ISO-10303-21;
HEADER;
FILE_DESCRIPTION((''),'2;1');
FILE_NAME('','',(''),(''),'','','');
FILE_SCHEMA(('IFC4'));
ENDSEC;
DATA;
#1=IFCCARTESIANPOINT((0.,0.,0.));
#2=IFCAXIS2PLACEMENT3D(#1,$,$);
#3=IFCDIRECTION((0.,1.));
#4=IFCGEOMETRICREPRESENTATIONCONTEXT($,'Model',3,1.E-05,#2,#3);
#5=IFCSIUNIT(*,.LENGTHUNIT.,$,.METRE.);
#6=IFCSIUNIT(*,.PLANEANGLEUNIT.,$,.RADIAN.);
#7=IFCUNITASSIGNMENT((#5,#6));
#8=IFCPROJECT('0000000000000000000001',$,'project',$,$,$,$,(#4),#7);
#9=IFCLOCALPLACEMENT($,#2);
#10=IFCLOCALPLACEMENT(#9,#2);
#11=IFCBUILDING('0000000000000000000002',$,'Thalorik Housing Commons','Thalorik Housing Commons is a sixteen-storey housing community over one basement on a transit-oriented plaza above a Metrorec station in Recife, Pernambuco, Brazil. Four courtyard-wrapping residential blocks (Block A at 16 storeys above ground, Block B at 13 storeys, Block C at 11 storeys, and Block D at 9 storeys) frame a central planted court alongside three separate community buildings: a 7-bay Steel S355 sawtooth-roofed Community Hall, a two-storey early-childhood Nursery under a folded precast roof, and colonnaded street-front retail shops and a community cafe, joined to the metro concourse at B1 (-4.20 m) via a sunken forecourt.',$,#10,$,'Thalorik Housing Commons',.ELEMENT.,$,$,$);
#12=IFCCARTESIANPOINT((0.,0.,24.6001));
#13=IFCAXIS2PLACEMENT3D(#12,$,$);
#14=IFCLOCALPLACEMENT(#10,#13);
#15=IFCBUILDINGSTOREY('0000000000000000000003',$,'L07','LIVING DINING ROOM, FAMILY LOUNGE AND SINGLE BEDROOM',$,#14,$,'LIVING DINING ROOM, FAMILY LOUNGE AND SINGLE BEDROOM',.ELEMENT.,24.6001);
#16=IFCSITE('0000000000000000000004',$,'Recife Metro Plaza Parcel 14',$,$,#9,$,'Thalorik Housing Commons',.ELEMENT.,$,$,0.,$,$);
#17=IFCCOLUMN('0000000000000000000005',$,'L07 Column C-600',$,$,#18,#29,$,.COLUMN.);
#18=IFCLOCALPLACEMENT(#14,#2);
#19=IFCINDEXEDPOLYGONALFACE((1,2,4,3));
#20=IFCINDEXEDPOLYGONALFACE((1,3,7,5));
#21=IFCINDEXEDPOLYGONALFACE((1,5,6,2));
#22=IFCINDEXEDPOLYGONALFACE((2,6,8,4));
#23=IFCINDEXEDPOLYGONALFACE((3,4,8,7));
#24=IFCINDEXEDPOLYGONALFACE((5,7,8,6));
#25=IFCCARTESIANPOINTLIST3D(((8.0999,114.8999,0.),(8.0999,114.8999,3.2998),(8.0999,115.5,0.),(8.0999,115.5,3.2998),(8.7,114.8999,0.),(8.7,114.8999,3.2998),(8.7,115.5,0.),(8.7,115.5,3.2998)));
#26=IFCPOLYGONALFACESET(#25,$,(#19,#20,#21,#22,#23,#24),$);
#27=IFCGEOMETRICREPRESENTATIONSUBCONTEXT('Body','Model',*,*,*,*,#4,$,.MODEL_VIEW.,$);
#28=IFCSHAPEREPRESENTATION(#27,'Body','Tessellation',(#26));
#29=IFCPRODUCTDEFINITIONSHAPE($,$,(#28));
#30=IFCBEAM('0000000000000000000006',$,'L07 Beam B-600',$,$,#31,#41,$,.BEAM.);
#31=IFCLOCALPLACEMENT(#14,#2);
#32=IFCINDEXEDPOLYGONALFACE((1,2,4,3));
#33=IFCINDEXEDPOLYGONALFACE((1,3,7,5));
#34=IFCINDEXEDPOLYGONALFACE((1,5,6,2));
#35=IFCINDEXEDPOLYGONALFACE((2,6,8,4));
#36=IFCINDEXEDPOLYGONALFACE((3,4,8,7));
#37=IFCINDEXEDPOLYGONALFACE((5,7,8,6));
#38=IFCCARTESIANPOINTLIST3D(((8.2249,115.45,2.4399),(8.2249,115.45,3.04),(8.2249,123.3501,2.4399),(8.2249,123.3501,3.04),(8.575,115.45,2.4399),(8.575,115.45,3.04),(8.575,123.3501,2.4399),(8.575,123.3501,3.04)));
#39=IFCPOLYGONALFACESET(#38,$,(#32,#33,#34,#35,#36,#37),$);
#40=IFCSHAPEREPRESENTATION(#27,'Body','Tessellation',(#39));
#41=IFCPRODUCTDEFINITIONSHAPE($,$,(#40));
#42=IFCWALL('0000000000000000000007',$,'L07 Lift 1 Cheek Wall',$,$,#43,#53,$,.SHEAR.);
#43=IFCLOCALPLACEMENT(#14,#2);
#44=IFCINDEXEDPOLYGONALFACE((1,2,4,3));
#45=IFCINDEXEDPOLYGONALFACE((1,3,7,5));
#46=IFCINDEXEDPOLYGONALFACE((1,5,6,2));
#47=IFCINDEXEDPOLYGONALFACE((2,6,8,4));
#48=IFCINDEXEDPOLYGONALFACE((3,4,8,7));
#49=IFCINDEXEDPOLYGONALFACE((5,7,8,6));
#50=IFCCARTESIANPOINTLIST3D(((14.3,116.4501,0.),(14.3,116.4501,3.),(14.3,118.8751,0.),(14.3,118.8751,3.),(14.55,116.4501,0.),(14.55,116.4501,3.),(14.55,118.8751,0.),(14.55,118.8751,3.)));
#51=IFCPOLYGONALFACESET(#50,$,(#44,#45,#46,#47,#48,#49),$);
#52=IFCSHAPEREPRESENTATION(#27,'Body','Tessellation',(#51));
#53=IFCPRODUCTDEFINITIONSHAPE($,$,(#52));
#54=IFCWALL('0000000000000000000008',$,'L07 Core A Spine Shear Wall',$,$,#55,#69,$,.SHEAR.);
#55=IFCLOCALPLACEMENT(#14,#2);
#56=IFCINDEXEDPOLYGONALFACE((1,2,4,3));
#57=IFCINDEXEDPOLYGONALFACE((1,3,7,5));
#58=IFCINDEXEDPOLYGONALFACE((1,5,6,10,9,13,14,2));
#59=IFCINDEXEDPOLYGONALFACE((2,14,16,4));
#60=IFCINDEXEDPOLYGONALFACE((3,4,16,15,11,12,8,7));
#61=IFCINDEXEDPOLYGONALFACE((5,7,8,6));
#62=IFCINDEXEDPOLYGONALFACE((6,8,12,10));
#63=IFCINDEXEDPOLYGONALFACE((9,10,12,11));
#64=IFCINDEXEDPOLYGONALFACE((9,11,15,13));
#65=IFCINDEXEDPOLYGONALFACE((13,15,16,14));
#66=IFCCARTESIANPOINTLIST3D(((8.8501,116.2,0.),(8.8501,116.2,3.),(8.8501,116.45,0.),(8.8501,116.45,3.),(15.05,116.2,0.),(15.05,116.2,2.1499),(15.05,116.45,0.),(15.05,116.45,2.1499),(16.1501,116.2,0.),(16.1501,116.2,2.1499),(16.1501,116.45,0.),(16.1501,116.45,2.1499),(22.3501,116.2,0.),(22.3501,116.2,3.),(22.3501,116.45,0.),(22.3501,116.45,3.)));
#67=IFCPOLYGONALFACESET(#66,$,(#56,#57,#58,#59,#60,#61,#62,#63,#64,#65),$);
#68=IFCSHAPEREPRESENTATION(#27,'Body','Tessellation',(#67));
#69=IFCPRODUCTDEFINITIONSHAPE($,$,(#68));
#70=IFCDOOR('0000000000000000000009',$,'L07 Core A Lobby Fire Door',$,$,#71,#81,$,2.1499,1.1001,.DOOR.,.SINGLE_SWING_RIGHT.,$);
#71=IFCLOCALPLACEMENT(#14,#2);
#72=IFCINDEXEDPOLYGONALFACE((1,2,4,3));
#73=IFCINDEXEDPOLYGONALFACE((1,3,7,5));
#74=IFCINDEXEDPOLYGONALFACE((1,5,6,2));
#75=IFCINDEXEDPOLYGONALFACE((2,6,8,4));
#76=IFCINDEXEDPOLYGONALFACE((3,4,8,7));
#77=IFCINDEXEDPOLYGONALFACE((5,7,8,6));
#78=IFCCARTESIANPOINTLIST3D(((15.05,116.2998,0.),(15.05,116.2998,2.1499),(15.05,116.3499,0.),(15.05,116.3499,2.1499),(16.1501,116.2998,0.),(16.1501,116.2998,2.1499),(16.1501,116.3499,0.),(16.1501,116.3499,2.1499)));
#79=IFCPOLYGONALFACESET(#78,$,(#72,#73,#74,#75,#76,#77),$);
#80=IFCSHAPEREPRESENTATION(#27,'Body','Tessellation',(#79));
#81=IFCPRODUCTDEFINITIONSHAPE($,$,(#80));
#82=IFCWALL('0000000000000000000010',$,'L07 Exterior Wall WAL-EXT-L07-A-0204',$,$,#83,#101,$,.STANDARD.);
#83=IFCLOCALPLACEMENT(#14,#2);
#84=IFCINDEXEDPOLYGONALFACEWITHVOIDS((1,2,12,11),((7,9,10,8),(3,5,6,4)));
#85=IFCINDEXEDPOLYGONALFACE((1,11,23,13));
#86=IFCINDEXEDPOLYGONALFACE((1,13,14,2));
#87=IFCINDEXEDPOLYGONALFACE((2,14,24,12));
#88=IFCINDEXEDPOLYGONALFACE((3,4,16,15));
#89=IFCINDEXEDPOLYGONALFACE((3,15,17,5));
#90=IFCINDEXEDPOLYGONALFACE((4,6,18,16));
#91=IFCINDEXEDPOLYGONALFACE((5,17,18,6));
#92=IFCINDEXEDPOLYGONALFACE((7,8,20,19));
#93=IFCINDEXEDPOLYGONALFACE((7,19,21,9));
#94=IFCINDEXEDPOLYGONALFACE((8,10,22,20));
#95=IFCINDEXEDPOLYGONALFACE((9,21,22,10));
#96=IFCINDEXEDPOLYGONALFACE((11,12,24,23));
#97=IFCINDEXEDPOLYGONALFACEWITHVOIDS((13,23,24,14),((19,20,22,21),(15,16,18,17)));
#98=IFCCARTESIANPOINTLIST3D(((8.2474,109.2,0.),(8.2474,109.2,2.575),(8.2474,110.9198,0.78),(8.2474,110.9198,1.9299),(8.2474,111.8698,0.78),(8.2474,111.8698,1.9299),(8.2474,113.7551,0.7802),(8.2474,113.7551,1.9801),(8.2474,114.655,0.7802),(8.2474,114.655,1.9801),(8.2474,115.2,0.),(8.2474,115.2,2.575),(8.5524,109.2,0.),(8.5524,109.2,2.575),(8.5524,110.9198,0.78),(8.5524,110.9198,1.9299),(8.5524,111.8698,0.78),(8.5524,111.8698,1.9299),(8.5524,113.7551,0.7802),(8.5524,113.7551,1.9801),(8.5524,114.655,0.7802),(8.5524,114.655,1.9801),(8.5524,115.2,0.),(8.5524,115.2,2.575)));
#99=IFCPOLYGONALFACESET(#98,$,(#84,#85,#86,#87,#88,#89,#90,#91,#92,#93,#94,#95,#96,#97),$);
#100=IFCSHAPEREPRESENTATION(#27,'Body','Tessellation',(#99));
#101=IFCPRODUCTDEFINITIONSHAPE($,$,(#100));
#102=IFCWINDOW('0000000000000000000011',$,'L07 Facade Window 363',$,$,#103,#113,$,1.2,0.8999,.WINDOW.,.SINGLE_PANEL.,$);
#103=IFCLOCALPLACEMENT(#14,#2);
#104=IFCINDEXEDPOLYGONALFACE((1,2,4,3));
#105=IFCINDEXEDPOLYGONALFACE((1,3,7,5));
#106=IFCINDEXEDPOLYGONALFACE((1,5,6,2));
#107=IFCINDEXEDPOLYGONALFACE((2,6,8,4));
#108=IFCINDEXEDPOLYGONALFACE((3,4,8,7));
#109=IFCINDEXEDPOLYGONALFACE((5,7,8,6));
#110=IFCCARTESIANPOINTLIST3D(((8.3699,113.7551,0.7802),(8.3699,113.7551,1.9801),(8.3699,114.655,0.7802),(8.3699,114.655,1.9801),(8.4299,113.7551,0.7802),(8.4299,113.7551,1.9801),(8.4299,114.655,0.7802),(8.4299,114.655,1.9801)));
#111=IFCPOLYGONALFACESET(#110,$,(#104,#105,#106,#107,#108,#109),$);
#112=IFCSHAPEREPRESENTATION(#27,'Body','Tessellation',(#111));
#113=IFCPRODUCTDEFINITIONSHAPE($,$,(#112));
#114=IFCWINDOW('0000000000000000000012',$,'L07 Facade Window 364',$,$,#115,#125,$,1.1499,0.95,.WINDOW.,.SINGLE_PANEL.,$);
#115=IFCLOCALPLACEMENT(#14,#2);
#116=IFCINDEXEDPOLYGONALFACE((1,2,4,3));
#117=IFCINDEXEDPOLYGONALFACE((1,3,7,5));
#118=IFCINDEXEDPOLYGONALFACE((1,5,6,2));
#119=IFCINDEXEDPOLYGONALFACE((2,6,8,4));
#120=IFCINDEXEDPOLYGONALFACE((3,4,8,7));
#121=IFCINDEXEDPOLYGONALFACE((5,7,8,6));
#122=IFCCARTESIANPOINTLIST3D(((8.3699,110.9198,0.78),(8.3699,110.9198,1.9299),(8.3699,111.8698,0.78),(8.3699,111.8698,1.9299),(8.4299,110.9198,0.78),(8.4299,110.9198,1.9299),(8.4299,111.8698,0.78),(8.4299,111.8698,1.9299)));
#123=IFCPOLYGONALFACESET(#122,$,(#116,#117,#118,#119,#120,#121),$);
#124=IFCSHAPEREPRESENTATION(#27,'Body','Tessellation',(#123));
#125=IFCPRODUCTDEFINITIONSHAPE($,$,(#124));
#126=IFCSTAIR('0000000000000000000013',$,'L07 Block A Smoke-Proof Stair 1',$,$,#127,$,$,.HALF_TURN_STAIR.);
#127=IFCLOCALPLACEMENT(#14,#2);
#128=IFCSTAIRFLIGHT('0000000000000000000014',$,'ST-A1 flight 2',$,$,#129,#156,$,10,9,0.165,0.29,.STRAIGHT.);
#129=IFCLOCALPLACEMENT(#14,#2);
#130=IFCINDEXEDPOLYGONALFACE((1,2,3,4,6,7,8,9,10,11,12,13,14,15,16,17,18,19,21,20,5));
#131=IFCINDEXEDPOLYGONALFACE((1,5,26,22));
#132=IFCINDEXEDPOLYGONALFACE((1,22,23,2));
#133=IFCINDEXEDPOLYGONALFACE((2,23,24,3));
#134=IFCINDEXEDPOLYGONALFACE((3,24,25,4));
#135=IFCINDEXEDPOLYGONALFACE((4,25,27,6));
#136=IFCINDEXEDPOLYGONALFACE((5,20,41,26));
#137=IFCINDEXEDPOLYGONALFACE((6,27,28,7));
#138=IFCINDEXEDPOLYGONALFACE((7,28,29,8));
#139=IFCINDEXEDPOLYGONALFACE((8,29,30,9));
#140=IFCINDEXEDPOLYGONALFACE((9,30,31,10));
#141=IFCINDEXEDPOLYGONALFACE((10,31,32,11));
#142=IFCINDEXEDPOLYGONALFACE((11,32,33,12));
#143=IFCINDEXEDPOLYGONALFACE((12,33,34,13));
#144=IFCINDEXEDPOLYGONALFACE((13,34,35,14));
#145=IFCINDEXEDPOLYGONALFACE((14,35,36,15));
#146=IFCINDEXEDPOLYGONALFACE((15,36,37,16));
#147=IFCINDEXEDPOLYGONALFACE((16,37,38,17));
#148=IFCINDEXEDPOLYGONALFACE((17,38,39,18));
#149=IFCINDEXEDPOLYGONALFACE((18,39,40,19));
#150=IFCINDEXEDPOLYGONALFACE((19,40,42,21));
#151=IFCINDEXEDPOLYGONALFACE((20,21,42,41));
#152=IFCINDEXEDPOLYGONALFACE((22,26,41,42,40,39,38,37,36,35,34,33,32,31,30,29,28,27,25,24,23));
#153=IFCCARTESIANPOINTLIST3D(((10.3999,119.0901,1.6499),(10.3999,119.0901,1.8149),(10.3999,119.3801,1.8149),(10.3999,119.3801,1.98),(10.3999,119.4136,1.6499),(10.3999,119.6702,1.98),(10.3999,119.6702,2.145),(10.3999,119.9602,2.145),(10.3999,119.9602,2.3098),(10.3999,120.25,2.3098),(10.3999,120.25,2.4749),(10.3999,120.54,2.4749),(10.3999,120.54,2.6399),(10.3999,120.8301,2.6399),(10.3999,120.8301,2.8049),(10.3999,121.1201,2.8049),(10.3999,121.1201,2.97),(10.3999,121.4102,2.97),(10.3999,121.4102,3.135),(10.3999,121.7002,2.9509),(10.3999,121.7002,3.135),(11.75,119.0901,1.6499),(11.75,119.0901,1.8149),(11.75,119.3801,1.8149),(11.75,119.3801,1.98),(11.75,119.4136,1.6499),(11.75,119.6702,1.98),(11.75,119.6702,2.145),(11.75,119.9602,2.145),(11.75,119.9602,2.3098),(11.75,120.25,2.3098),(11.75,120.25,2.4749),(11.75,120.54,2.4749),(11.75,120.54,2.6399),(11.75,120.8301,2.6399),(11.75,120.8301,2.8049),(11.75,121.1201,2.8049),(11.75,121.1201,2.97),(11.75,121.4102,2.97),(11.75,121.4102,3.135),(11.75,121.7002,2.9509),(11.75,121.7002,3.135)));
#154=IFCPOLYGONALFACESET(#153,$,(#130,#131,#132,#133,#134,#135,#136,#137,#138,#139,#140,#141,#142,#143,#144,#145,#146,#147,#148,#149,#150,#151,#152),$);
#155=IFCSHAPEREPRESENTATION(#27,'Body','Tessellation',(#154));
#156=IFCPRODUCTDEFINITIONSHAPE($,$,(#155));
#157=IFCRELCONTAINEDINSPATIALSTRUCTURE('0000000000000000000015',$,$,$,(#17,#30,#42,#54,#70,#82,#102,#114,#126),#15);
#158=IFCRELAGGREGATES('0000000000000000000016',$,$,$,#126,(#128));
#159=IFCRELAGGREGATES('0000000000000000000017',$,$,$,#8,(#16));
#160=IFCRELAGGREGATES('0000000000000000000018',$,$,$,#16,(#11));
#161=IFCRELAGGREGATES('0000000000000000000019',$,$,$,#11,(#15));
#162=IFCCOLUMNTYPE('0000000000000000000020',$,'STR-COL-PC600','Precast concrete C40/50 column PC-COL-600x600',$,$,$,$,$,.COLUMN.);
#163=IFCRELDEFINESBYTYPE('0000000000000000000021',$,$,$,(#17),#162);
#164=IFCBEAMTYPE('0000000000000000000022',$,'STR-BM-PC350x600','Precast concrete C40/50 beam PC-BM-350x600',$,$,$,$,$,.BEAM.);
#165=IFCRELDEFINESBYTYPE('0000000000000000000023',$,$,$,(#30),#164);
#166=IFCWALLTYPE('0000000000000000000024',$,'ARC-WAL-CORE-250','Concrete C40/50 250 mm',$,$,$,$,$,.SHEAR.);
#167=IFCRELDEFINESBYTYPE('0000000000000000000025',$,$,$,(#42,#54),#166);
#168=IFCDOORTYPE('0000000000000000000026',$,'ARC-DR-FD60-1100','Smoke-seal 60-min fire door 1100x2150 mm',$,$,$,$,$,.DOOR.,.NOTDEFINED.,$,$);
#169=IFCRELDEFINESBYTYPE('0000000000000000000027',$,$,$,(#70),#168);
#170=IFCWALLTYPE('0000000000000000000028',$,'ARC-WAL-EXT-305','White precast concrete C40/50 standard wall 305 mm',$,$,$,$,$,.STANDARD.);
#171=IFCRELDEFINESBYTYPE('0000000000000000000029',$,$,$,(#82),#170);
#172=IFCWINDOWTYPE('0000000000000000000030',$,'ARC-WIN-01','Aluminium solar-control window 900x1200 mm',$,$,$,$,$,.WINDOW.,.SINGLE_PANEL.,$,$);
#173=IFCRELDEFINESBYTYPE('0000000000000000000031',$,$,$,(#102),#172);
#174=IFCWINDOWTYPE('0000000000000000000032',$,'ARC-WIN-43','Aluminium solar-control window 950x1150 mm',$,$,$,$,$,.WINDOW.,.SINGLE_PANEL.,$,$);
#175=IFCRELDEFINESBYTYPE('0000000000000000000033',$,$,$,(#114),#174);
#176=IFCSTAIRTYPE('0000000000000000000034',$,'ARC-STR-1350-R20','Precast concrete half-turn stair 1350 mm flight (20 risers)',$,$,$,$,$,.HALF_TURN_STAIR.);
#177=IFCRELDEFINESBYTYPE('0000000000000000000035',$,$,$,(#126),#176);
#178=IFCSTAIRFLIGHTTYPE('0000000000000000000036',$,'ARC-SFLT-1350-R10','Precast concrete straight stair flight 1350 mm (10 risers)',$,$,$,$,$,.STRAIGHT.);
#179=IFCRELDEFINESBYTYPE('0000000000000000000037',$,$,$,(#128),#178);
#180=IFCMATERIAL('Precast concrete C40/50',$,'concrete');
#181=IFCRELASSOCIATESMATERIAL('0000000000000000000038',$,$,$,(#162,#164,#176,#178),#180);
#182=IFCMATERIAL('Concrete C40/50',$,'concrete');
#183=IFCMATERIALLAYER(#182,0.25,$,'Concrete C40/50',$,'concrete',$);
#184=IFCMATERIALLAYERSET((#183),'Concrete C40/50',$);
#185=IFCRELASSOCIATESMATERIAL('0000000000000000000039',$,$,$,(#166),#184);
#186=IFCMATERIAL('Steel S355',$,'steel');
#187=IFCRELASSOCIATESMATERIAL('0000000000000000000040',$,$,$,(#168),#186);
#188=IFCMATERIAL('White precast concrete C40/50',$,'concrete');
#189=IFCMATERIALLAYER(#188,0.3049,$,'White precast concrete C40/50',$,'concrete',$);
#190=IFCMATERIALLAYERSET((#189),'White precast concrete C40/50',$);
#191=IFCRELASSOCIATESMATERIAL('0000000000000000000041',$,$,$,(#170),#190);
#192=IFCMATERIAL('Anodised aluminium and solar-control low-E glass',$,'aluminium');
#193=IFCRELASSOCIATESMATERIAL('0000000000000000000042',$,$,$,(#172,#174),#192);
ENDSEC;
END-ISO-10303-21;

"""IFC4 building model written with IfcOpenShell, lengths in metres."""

from ifc_helpers import new_model, si_unit, direction, frame, frame_2d, origin, origin_2d, place, context, subcontext, project, spatial, polyline, rectangle, outline, extrude, material, layer, layer_set, material_profile, profile_set, type_object, element, fill, aggregate, save


model = new_model("IFC4")

# Units and contexts
model_context = context("Model", 3, precision=1e-05, world=origin(), true_north=direction((0.0, 1.0)))
body_context = subcontext(model_context, "Body", "Model", "MODEL_VIEW")
ifc_project = project(units=[si_unit("LENGTHUNIT", "METRE"), si_unit("PLANEANGLEUNIT", "RADIAN")], contexts=[model_context])

# Site, building, storey
site_placement = place(None, origin())
site = spatial("IfcSite", under=ifc_project, at=site_placement, Name="Recife Metro Plaza Parcel 14", LongName="Thalorik Housing Commons", CompositionType="ELEMENT", RefElevation=0.0)
building_placement = place(site_placement, origin())
building = spatial("IfcBuilding", under=site, at=building_placement, Name="Thalorik Housing Commons", Description="Thalorik Housing Commons is a sixteen-storey housing community over one basement on a transit-oriented plaza above a Metrorec station in Recife, Pernambuco, Brazil. Four courtyard-wrapping residential blocks (Block A at 16 storeys above ground, Block B at 13 storeys, Block C at 11 storeys, and Block D at 9 storeys) frame a central planted court alongside three separate community buildings: a 7-bay Steel S355 sawtooth-roofed Community Hall, a two-storey early-childhood Nursery under a folded precast roof, and colonnaded street-front retail shops and a community cafe, joined to the metro concourse at B1 (-4.20 m) via a sunken forecourt.", LongName="Thalorik Housing Commons", CompositionType="ELEMENT")
storey_placement = place(building_placement, frame((0.0, 0.0, 24.6001)))
storey = spatial("IfcBuildingStorey", under=building, at=storey_placement, Name="L07", Description="LIVING DINING ROOM, FAMILY LOUNGE AND SINGLE BEDROOM", LongName="LIVING DINING ROOM, FAMILY LOUNGE AND SINGLE BEDROOM", CompositionType="ELEMENT", Elevation=24.6001)

# Column
ifc_material_1 = material(Name="Precast concrete C40/50", Category="concrete")
ifc_material_profile_1 = material_profile(ifc_material_1, rectangle(XDim=0.6001, YDim=0.6001, at=origin_2d()), Name="PC 600x600", Category="concrete")
ifc_profile_set_1 = profile_set([ifc_material_profile_1], Name="Precast concrete C40/50")
column_type = type_object("IfcColumnType", Name="STR-COL-PC600", Description="Precast concrete C40/50 column PC-COL-600x600", PredefinedType="COLUMN", material=ifc_profile_set_1)
column_placement = place(storey_placement, frame((8.3999, 115.2, 0.0), z_axis=(0.0, 0.0, 1.0), x_axis=(1.0, 0.0, 0.0)))
element("IfcColumn", 1, at=column_placement, inside=storey, type_object=column_type, Name="L07 Column C-600", PredefinedType="COLUMN", context=body_context, shape_type="SweptSolid", body=[
    extrude(rectangle(XDim=0.6001, YDim=0.6001, at=origin_2d()), origin(), (0.0, 0.0, 1.0), 3.2998),
])

# Beam
ifc_material_profile_2 = material_profile(ifc_material_1, rectangle(XDim=0.3501, YDim=0.6001, at=origin_2d()), Name="PC 350x600", Category="concrete")
ifc_profile_set_2 = profile_set([ifc_material_profile_2], Name="Precast concrete C40/50")
beam_type = type_object("IfcBeamType", Name="STR-BM-PC350x600", Description="Precast concrete C40/50 beam PC-BM-350x600", PredefinedType="BEAM", material=ifc_profile_set_2)
beam_placement = place(storey_placement, frame((8.3999, 115.45, 2.74), z_axis=(0.0, 1.0, 0.0), x_axis=(-1.0, 0.0, 0.0)))
element("IfcBeam", 2, at=beam_placement, inside=storey, type_object=beam_type, Name="L07 Beam B-600", PredefinedType="BEAM", context=body_context, shape_type="SweptSolid", body=[
    extrude(rectangle(XDim=0.3501, YDim=0.6001, at=origin_2d()), origin(), (0.0, 0.0, 1.0), 7.9001),
])

# Shared definitions
ifc_material_2 = material(Name="Concrete C40/50", Category="concrete")
ifc_layer_1 = layer(ifc_material_2, 0.25, Name="Concrete C40/50", Category="concrete")
ifc_layer_set_1 = layer_set([ifc_layer_1], Name="Concrete C40/50")
wall_type_1 = type_object("IfcWallType", Name="ARC-WAL-CORE-250", Description="Concrete C40/50 250 mm", PredefinedType="SHEAR", material=ifc_layer_set_1)
ifc_material_3 = material(Name="Steel S355", Category="steel")

# Wall
wall_1_placement = place(storey_placement, frame((14.425, 118.875, 0.0), z_axis=(0.0, 0.0, 1.0), x_axis=(0.0, -1.0, 0.0)))
element("IfcWall", 3, at=wall_1_placement, inside=storey, type_object=wall_type_1, Name="L07 Lift 1 Cheek Wall", PredefinedType="SHEAR", context=body_context, shape_type="SweptSolid", body=[
    extrude(rectangle(XDim=2.425, YDim=0.25, at=frame_2d((1.2124, 0.0))), origin(), (0.0, 0.0, 1.0), 3.0),
])

# Wall, opening, door
wall_2_placement = place(storey_placement, frame((8.8501, 116.325, 0.0), z_axis=(0.0, 0.0, 1.0), x_axis=(1.0, 0.0, 0.0)))
wall_2 = element("IfcWall", 4, at=wall_2_placement, inside=storey, type_object=wall_type_1, Name="L07 Core A Spine Shear Wall", PredefinedType="SHEAR", context=body_context, shape_type="SweptSolid", body=[
    extrude(rectangle(XDim=13.5, YDim=0.25, at=frame_2d((6.75, 0.0))), origin(), (0.0, 0.0, 1.0), 3.0),
])
opening_1_placement = place(wall_2_placement, frame((6.2, 0.0, 0.0)))
opening_1 = element("IfcOpeningElement", 5, at=opening_1_placement, cuts=wall_2, PredefinedType="OPENING", context=body_context, shape_type="SweptSolid", body=[
    extrude(rectangle(XDim=1.1001, YDim=2.1499, at=frame_2d((0.55, 1.075))), frame((0.0, 0.135, 0.0), z_axis=(0.0, -1.0, 0.0), x_axis=(1.0, 0.0, 0.0)), (0.0, 0.0, 1.0), 0.27),
])
door_type_1 = type_object("IfcDoorType", Name="ARC-DR-FD60-1100", Description="Smoke-seal 60-min fire door 1100x2150 mm", OperationType="NOTDEFINED", PredefinedType="DOOR", material=ifc_material_3)
door_1_placement = place(opening_1_placement, origin())
door_1 = element("IfcDoor", 6, at=door_1_placement, inside=storey, type_object=door_type_1, Name="L07 Core A Lobby Fire Door", OperationType="SINGLE_SWING_RIGHT", OverallHeight=2.1499, OverallWidth=1.1001, PredefinedType="DOOR", context=body_context, shape_type="SweptSolid", body=[
    extrude(rectangle(XDim=1.1001, YDim=2.1499, at=frame_2d((0.55, 1.075))), frame((0.0, 0.0249, 0.0), z_axis=(0.0, -1.0, 0.0), x_axis=(1.0, 0.0, 0.0)), (0.0, 0.0, 1.0), 0.05),
])
fill(opening_1, door_1)

# Wall, openings, windows
ifc_material_4 = material(Name="White precast concrete C40/50", Category="concrete")
ifc_layer_2 = layer(ifc_material_4, 0.3049, Name="White precast concrete C40/50", Category="concrete")
ifc_layer_set_2 = layer_set([ifc_layer_2], Name="White precast concrete C40/50")
wall_type_2 = type_object("IfcWallType", Name="ARC-WAL-EXT-305", Description="White precast concrete C40/50 standard wall 305 mm", PredefinedType="STANDARD", material=ifc_layer_set_2)
wall_3_placement = place(storey_placement, frame((8.3999, 115.2, 0.0), z_axis=(0.0, 0.0, 1.0), x_axis=(0.0, -1.0, 0.0)))
wall_3 = element("IfcWall", 7, at=wall_3_placement, inside=storey, type_object=wall_type_2, Name="L07 Exterior Wall WAL-EXT-L07-A-0204", PredefinedType="STANDARD", context=body_context, shape_type="SweptSolid", body=[
    extrude(rectangle(XDim=6.0, YDim=0.3049, at=frame_2d((3.0, 0.0))), origin(), (0.0, 0.0, 1.0), 2.575),
])
opening_2_placement = place(wall_3_placement, frame((0.5449, 0.0, 0.78)))
opening_2 = element("IfcOpeningElement", 8, at=opening_2_placement, cuts=wall_3, PredefinedType="OPENING", context=body_context, shape_type="SweptSolid", body=[
    extrude(rectangle(XDim=0.8999, YDim=1.2, at=frame_2d((0.45, 0.6001))), frame((0.0, 0.1626, 0.0), z_axis=(0.0, -1.0, 0.0), x_axis=(1.0, 0.0, 0.0)), (0.0, 0.0, 1.0), 0.325),
])
opening_3_placement = place(wall_3_placement, frame((3.3301, 0.0, 0.78)))
opening_3 = element("IfcOpeningElement", 9, at=opening_3_placement, cuts=wall_3, PredefinedType="OPENING", context=body_context, shape_type="SweptSolid", body=[
    extrude(rectangle(XDim=0.95, YDim=1.1499, at=frame_2d((0.4751, 0.575))), frame((0.0, 0.1626, 0.0), z_axis=(0.0, -1.0, 0.0), x_axis=(1.0, 0.0, 0.0)), (0.0, 0.0, 1.0), 0.325),
])
ifc_material_5 = material(Name="Anodised aluminium and solar-control low-E glass", Category="aluminium")
window_type_1 = type_object("IfcWindowType", Name="ARC-WIN-01", Description="Aluminium solar-control window 900x1200 mm", PartitioningType="SINGLE_PANEL", PredefinedType="WINDOW", material=ifc_material_5)
window_1_placement = place(opening_2_placement, origin())
window_1 = element("IfcWindow", 10, at=window_1_placement, inside=storey, type_object=window_type_1, Name="L07 Facade Window 363", OverallHeight=1.2, OverallWidth=0.8999, PartitioningType="SINGLE_PANEL", PredefinedType="WINDOW", context=body_context, shape_type="SweptSolid", body=[
    extrude(rectangle(XDim=0.8999, YDim=1.2, at=frame_2d((0.45, 0.6001))), frame((0.0, 0.03, 0.0), z_axis=(0.0, -1.0, 0.0), x_axis=(1.0, 0.0, 0.0)), (0.0, 0.0, 1.0), 0.0601),
])
fill(opening_2, window_1)
window_type_2 = type_object("IfcWindowType", Name="ARC-WIN-43", Description="Aluminium solar-control window 950x1150 mm", PartitioningType="SINGLE_PANEL", PredefinedType="WINDOW", material=ifc_material_5)
window_2_placement = place(opening_3_placement, origin())
window_2 = element("IfcWindow", 11, at=window_2_placement, inside=storey, type_object=window_type_2, Name="L07 Facade Window 364", OverallHeight=1.1499, OverallWidth=0.95, PartitioningType="SINGLE_PANEL", PredefinedType="WINDOW", context=body_context, shape_type="SweptSolid", body=[
    extrude(rectangle(XDim=0.95, YDim=1.1499, at=frame_2d((0.4751, 0.575))), frame((0.0, 0.03, 0.0), z_axis=(0.0, -1.0, 0.0), x_axis=(1.0, 0.0, 0.0)), (0.0, 0.0, 1.0), 0.0601),
])
fill(opening_3, window_2)

# Stair, stair flight
stair_type = type_object("IfcStairType", Name="ARC-STR-1350-R20", Description="Precast concrete half-turn stair 1350 mm flight (20 risers)", PredefinedType="HALF_TURN_STAIR", material=ifc_material_1)
stair_placement = place(storey_placement, origin())
stair = element("IfcStair", 12, at=stair_placement, inside=storey, type_object=stair_type, Name="L07 Block A Smoke-Proof Stair 1", PredefinedType="HALF_TURN_STAIR")
stair_flight_type = type_object("IfcStairFlightType", Name="ARC-SFLT-1350-R10", Description="Precast concrete straight stair flight 1350 mm (10 risers)", PredefinedType="STRAIGHT", material=ifc_material_1)
stair_flight_placement = place(storey_placement, frame((11.075, 119.0901, 1.6499), z_axis=(0.0, 0.0, 1.0), x_axis=(0.0, 1.0, 0.0)))
stair_flight = element("IfcStairFlight", 13, at=stair_flight_placement, type_object=stair_flight_type, Name="ST-A1 flight 2", NumberOfRisers=10, NumberOfTreads=9, PredefinedType="STRAIGHT", RiserHeight=0.165, TreadLength=0.29, context=body_context, shape_type="SweptSolid", body=[
    extrude(outline(polyline([(0.0, 0.0), (0.0, 0.165), (0.29, 0.165), (0.29, 0.3301), (0.5801, 0.3301), (0.5801, 0.4951), (0.8701, 0.4951), (0.8701, 0.6599), (1.1599, 0.6599), (1.1599, 0.825), (1.45, 0.825), (1.45, 0.99), (1.74, 0.99), (1.74, 1.155), (2.03, 1.155), (2.03, 1.3201), (2.3201, 1.3201), (2.3201, 1.4851), (2.6101, 1.4851), (2.6101, 1.6499), (2.6101, 1.301), (0.3235, 0.0), (0.0, 0.0)])), frame((0.0, 0.675, 0.0), z_axis=(0.0, -1.0, 0.0), x_axis=(1.0, 0.0, 0.0)), (0.0, 0.0, 1.0), 1.3501),
])
aggregate(stair, [stair_flight])

save(model, "model.ifc")
